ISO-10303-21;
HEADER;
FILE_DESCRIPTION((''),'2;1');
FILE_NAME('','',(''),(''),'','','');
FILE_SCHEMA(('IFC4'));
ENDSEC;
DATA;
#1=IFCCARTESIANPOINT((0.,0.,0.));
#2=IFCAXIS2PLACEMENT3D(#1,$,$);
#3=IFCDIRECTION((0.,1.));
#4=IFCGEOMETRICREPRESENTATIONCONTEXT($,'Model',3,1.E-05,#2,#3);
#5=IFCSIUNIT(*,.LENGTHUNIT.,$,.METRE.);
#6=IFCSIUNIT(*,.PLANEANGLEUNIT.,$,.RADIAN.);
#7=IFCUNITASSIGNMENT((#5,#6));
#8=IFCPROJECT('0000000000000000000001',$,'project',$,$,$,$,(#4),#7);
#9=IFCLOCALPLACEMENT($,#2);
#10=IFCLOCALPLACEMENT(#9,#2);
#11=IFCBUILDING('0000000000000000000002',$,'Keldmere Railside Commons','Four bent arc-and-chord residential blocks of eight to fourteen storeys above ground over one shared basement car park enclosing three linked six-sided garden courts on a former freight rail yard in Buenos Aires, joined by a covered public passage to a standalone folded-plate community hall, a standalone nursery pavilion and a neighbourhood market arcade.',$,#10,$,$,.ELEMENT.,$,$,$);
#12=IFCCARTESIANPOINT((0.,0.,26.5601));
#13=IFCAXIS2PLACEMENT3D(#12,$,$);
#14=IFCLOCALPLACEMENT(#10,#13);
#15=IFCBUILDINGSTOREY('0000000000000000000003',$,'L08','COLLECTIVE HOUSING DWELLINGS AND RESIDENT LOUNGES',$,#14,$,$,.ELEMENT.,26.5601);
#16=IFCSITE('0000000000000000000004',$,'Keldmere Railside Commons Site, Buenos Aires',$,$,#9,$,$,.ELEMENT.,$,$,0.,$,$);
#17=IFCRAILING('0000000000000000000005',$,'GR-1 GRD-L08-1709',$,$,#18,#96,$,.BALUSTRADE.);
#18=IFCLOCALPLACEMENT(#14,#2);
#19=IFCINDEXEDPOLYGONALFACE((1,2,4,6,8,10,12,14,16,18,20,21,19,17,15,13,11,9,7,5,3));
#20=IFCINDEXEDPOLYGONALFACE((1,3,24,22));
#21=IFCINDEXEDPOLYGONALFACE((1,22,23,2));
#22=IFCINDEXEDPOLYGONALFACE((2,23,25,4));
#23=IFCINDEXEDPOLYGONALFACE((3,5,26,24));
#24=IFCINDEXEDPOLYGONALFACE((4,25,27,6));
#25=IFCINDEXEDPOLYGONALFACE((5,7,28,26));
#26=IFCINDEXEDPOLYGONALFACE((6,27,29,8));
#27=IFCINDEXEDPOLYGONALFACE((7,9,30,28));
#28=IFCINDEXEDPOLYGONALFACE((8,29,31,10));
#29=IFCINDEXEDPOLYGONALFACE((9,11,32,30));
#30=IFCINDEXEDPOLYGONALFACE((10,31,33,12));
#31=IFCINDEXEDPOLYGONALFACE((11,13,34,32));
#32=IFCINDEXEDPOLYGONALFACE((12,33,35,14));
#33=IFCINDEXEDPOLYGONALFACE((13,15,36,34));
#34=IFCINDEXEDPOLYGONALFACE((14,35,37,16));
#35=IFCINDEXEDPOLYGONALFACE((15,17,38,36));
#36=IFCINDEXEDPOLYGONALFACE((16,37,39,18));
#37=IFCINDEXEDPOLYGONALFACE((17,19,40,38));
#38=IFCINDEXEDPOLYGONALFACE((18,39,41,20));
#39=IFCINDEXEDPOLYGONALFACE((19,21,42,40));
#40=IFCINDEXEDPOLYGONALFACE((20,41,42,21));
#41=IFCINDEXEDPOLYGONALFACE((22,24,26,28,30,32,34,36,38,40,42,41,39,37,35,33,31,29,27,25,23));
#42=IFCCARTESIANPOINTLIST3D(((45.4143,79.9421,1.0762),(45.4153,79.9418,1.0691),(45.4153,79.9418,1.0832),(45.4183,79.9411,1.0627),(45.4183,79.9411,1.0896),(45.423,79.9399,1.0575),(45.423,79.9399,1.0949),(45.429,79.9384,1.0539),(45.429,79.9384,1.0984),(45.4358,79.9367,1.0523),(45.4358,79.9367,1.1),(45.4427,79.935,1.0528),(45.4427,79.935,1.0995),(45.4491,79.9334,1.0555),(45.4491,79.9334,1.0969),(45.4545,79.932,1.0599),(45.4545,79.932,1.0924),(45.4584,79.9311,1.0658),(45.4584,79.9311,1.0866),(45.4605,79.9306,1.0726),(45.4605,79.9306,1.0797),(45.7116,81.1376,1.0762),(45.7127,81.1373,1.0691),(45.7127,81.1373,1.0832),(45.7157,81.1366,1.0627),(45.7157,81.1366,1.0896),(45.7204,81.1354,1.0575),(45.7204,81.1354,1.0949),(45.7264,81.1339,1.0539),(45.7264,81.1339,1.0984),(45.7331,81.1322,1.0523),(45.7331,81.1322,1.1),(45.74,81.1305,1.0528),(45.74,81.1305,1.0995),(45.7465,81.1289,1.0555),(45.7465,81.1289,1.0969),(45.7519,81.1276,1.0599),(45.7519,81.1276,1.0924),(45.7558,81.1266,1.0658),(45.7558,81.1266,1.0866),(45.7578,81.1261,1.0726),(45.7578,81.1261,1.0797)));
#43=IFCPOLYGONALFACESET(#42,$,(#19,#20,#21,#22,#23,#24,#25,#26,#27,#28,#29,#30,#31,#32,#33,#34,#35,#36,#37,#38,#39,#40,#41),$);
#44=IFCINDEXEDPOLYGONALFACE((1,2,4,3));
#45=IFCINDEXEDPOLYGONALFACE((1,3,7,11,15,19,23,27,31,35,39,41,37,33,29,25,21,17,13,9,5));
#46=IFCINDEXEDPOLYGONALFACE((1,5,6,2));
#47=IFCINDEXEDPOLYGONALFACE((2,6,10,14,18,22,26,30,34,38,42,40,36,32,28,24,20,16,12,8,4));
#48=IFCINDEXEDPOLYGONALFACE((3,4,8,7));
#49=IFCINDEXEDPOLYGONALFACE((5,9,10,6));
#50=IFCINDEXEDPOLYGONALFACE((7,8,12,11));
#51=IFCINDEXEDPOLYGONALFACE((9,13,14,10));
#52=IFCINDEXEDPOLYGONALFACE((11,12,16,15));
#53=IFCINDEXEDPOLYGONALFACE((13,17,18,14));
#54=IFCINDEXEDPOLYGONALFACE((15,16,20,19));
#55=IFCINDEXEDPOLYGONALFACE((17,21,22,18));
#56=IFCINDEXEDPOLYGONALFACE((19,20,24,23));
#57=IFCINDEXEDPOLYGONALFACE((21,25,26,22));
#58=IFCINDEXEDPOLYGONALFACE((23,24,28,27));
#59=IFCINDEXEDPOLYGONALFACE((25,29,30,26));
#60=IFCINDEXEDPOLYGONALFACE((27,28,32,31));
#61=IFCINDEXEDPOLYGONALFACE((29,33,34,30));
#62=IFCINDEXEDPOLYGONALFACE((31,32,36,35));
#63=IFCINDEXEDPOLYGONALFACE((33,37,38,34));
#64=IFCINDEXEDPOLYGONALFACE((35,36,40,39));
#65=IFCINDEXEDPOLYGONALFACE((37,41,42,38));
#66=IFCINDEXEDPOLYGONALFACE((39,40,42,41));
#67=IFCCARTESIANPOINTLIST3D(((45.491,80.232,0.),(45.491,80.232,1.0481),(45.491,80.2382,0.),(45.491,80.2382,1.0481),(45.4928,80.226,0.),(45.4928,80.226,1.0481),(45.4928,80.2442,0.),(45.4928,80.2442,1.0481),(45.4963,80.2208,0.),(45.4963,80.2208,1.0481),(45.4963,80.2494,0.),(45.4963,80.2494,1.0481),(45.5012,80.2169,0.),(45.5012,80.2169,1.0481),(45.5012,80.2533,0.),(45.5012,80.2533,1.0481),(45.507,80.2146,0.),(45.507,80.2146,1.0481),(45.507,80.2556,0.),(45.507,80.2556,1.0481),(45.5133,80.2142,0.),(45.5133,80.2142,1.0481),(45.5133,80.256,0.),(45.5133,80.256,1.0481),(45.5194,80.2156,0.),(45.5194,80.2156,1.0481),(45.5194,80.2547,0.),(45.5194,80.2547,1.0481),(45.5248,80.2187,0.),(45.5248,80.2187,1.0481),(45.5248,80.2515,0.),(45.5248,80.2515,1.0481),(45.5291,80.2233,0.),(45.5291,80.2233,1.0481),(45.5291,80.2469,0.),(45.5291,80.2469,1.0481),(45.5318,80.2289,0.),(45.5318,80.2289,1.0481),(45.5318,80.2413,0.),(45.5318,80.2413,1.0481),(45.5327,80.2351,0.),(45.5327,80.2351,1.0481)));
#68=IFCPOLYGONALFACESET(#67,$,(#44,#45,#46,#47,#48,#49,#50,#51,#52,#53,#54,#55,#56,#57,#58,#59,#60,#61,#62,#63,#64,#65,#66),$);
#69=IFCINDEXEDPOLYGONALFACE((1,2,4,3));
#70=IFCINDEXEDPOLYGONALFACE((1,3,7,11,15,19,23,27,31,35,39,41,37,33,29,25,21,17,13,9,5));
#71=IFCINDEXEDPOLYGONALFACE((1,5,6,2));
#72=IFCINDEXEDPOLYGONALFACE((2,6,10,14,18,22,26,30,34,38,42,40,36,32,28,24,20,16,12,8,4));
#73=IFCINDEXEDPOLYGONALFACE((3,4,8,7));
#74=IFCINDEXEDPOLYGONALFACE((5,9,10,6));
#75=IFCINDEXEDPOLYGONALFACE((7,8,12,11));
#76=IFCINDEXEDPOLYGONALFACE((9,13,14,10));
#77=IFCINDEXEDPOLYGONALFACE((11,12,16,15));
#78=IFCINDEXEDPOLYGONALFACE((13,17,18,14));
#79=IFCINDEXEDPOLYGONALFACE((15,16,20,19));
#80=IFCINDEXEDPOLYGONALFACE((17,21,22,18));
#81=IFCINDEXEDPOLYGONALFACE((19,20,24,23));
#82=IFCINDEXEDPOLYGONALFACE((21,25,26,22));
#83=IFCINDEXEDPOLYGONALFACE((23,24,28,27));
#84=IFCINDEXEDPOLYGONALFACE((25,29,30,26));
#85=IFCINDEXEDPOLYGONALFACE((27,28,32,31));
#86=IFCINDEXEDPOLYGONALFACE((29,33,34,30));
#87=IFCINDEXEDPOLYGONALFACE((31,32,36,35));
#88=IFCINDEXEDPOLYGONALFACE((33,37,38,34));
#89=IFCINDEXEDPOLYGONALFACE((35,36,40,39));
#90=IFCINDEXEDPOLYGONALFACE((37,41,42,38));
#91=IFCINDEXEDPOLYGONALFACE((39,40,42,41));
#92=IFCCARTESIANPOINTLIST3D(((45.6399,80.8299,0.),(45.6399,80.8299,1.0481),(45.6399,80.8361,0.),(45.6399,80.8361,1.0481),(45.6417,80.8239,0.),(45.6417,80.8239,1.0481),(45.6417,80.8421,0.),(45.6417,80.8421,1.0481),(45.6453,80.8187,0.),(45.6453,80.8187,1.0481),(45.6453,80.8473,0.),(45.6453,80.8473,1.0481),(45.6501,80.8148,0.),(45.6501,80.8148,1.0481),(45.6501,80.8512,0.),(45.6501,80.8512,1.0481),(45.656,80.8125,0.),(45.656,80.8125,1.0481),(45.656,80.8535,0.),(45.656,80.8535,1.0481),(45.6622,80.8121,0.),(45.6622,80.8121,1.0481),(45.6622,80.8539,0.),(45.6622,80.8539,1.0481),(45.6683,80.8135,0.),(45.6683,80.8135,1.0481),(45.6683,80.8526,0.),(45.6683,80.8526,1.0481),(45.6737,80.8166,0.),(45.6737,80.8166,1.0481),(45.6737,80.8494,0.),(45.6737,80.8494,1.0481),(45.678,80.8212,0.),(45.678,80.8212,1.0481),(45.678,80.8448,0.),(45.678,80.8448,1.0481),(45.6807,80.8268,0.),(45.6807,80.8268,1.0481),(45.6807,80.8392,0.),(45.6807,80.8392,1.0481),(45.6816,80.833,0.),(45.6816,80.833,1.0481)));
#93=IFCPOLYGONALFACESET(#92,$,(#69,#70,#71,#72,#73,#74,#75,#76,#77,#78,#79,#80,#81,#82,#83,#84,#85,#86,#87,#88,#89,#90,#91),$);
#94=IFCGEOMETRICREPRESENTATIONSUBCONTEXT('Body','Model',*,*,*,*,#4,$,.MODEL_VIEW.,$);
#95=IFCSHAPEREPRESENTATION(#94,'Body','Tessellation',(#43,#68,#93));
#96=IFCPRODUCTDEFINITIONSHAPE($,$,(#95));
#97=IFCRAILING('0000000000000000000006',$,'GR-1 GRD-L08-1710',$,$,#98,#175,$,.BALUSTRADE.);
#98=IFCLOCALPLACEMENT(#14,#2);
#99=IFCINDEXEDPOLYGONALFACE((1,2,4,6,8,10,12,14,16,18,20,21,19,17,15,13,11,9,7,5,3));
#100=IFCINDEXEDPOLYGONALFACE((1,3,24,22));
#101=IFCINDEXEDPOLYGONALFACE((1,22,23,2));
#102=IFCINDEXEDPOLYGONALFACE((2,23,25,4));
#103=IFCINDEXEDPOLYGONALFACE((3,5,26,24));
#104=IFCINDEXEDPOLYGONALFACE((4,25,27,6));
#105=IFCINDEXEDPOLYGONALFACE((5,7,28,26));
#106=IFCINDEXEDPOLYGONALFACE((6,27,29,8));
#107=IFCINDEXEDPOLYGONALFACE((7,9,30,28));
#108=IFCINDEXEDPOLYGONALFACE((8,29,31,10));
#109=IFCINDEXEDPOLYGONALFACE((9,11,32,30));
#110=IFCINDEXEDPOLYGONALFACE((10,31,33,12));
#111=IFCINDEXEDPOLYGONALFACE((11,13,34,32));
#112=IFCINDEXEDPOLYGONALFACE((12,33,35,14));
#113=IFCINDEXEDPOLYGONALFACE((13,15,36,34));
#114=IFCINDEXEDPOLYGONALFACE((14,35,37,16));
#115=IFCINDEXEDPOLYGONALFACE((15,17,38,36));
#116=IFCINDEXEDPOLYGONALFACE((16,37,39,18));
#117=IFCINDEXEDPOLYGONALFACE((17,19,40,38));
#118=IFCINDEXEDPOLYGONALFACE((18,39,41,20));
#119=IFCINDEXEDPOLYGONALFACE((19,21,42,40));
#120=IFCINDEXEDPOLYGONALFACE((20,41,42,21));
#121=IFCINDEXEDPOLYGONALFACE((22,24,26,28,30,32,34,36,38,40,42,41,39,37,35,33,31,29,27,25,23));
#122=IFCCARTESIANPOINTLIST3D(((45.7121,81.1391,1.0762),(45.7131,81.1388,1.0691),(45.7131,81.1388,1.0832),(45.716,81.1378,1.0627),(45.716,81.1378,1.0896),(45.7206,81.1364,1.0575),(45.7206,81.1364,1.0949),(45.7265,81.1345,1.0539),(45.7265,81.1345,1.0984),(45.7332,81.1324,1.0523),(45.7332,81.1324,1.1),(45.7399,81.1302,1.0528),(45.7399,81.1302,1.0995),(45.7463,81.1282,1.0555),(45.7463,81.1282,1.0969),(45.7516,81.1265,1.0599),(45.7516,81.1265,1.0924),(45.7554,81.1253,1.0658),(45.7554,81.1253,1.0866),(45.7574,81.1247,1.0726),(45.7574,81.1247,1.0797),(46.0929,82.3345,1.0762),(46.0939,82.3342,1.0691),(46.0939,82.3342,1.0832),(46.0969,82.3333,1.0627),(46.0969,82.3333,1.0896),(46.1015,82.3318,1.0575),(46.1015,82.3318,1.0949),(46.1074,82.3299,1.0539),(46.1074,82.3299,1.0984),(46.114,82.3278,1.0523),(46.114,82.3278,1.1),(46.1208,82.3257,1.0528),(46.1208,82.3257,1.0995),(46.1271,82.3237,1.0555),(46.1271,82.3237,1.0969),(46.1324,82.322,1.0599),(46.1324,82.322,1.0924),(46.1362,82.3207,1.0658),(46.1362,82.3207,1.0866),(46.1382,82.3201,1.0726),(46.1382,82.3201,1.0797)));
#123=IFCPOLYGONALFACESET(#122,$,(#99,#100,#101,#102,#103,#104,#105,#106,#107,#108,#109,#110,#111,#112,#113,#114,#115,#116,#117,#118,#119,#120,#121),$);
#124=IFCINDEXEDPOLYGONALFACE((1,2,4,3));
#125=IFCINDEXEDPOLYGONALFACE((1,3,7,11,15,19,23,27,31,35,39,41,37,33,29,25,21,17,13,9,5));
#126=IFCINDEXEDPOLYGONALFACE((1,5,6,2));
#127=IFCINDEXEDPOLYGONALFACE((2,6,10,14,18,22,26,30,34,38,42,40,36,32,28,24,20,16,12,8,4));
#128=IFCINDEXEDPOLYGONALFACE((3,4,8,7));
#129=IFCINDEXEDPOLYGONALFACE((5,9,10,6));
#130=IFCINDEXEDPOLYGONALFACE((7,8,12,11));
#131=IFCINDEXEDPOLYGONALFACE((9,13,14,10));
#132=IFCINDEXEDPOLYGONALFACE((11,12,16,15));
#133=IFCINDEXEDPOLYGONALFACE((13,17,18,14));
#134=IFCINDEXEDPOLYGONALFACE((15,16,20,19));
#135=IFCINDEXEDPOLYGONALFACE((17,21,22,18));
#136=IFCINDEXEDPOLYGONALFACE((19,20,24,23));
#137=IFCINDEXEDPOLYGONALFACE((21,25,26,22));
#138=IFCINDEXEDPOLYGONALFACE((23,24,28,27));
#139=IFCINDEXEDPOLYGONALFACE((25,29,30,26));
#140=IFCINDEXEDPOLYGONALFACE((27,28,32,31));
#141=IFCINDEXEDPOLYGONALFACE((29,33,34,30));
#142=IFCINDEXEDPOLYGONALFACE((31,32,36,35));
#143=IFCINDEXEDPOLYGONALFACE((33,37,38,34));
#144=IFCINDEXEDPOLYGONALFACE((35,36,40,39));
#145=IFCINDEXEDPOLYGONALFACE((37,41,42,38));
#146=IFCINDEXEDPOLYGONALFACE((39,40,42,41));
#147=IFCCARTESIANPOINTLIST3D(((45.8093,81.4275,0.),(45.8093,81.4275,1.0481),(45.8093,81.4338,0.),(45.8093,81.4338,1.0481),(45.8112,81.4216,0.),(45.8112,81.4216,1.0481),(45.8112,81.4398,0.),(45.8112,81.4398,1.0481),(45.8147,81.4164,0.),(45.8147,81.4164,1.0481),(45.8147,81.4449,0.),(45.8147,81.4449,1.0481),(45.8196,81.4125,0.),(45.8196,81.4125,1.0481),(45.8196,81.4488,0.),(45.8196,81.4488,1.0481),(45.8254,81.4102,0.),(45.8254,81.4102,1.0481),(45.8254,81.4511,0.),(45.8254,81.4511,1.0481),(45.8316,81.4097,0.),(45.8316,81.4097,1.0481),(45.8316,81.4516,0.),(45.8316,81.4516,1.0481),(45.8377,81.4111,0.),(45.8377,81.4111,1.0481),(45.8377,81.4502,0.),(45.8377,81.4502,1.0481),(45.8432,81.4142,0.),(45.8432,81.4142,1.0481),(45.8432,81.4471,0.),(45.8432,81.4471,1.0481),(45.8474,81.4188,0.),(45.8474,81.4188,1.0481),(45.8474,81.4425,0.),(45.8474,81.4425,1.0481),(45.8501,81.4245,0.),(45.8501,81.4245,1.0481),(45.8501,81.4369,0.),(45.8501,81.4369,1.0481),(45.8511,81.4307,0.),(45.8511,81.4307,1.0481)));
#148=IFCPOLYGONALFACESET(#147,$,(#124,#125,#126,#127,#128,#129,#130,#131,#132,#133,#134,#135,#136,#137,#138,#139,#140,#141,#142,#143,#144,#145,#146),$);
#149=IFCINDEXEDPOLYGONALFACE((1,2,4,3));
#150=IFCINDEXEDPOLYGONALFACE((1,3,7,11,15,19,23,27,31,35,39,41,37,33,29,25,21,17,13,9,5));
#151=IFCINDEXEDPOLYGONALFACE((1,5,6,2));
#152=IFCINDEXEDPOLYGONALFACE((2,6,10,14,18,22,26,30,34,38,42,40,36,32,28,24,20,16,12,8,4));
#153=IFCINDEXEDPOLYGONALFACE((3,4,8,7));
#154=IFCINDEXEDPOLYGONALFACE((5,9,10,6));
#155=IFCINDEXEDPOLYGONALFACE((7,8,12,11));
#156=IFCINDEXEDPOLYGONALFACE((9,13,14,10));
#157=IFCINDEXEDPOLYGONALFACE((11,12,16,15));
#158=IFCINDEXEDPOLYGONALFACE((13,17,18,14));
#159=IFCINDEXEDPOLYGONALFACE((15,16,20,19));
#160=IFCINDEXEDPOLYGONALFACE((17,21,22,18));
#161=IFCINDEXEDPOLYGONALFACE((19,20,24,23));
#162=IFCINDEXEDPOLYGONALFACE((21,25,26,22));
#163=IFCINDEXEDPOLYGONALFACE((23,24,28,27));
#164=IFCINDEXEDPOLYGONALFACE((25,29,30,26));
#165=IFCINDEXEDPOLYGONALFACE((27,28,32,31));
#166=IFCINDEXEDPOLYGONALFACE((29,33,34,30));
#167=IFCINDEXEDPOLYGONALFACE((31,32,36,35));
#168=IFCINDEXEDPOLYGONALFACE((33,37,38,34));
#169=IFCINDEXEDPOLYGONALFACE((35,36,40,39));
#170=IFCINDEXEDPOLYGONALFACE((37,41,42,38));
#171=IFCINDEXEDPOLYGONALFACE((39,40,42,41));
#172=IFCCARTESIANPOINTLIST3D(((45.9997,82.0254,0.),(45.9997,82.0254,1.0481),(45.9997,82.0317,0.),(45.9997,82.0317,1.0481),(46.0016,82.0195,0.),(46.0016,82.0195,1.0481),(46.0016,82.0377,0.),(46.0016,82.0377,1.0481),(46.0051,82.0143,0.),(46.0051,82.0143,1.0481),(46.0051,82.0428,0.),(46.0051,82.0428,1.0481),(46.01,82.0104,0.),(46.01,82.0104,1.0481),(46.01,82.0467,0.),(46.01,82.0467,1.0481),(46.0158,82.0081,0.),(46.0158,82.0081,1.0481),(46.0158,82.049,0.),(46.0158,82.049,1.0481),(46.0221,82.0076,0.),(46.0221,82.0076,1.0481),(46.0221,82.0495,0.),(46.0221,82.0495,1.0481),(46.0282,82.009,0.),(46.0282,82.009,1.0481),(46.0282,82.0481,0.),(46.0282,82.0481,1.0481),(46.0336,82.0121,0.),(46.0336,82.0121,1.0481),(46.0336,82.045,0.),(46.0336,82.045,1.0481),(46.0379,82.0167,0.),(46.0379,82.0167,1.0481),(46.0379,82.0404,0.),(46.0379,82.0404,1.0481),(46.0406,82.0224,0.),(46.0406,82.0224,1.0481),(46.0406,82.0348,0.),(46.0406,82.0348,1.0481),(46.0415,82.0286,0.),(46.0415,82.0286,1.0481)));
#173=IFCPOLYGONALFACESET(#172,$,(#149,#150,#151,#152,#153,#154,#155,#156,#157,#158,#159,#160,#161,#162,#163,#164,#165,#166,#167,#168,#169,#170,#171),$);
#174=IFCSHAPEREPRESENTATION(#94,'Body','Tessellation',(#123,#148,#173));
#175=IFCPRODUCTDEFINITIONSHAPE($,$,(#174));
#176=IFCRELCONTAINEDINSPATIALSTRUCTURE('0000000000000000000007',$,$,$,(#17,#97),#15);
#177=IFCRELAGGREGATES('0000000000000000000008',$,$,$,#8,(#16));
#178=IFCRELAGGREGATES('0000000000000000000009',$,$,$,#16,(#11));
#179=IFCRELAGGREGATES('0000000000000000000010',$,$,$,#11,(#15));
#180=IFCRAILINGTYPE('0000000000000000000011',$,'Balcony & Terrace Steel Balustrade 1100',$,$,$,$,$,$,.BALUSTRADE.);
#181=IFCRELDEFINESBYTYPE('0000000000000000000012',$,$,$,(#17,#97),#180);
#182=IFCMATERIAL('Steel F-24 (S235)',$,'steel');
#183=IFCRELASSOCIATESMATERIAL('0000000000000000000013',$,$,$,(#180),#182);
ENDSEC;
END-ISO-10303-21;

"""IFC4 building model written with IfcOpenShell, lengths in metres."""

from ifc_helpers import new_model, si_unit, direction, frame, origin, origin_2d, place, context, subcontext, project, spatial, circle, extrude, material, type_object, element, save


model = new_model("IFC4")

# Units and contexts
model_context = context("Model", 3, precision=1e-05, world=origin(), true_north=direction((0.0, 1.0)))
body_context = subcontext(model_context, "Body", "Model", "MODEL_VIEW")
ifc_project = project(units=[si_unit("LENGTHUNIT", "METRE"), si_unit("PLANEANGLEUNIT", "RADIAN")], contexts=[model_context])

# Site, building, storey
site_placement = place(None, origin())
site = spatial("IfcSite", under=ifc_project, at=site_placement, Name="Keldmere Railside Commons Site, Buenos Aires", CompositionType="ELEMENT", RefElevation=0.0)
building_placement = place(site_placement, origin())
building = spatial("IfcBuilding", under=site, at=building_placement, Name="Keldmere Railside Commons", Description="Four bent arc-and-chord residential blocks of eight to fourteen storeys above ground over one shared basement car park enclosing three linked six-sided garden courts on a former freight rail yard in Buenos Aires, joined by a covered public passage to a standalone folded-plate community hall, a standalone nursery pavilion and a neighbourhood market arcade.", CompositionType="ELEMENT")
storey_placement = place(building_placement, frame((0.0, 0.0, 26.5601)))
storey = spatial("IfcBuildingStorey", under=building, at=storey_placement, Name="L08", Description="COLLECTIVE HOUSING DWELLINGS AND RESIDENT LOUNGES", CompositionType="ELEMENT", Elevation=26.5601)

# Railings
ifc_material_1 = material(Name="Steel F-24 (S235)", Category="steel")
railing_type = type_object("IfcRailingType", Name="Balcony & Terrace Steel Balustrade 1100", PredefinedType="BALUSTRADE", material=ifc_material_1)
railing_1_placement = place(storey_placement, frame((45.4375, 79.9363, 0.0)))
element("IfcRailing", 1, at=railing_1_placement, inside=storey, type_object=railing_type, Name="GR-1 GRD-L08-1709", PredefinedType="BALUSTRADE", context=body_context, shape_type="SweptSolid", body=[
    extrude(circle(Radius=0.0239, at=origin_2d()), frame((0.0, 0.0, 1.0762), z_axis=(0.24137, 0.970433, 0.0), x_axis=(-0.970433, 0.24137, 0.0)), (0.0, 0.0, 1.0), 1.2319),
    extrude(circle(Radius=0.021, at=origin_2d()), frame((0.0742, 0.2988, 0.0)), (0.0, 0.0, 1.0), 1.0481),
    extrude(circle(Radius=0.021, at=origin_2d()), frame((0.2231, 0.8967, 0.0)), (0.0, 0.0, 1.0), 1.0481),
])
railing_2_placement = place(storey_placement, frame((45.7349, 81.1318, 0.0)))
element("IfcRailing", 2, at=railing_2_placement, inside=storey, type_object=railing_type, Name="GR-1 GRD-L08-1710", PredefinedType="BALUSTRADE", context=body_context, shape_type="SweptSolid", body=[
    extrude(circle(Radius=0.0239, at=origin_2d()), frame((0.0, 0.0, 1.0762), z_axis=(0.303533, 0.952821, 0.0), x_axis=(-0.952821, 0.303533, 0.0)), (0.0, 0.0, 1.0), 1.2546),
    extrude(circle(Radius=0.021, at=origin_2d()), frame((0.0952, 0.2988, 0.0)), (0.0, 0.0, 1.0), 1.0481),
    extrude(circle(Radius=0.021, at=origin_2d()), frame((0.2856, 0.8967, 0.0)), (0.0, 0.0, 1.0), 1.0481),
])

save(model, "model.ifc")
